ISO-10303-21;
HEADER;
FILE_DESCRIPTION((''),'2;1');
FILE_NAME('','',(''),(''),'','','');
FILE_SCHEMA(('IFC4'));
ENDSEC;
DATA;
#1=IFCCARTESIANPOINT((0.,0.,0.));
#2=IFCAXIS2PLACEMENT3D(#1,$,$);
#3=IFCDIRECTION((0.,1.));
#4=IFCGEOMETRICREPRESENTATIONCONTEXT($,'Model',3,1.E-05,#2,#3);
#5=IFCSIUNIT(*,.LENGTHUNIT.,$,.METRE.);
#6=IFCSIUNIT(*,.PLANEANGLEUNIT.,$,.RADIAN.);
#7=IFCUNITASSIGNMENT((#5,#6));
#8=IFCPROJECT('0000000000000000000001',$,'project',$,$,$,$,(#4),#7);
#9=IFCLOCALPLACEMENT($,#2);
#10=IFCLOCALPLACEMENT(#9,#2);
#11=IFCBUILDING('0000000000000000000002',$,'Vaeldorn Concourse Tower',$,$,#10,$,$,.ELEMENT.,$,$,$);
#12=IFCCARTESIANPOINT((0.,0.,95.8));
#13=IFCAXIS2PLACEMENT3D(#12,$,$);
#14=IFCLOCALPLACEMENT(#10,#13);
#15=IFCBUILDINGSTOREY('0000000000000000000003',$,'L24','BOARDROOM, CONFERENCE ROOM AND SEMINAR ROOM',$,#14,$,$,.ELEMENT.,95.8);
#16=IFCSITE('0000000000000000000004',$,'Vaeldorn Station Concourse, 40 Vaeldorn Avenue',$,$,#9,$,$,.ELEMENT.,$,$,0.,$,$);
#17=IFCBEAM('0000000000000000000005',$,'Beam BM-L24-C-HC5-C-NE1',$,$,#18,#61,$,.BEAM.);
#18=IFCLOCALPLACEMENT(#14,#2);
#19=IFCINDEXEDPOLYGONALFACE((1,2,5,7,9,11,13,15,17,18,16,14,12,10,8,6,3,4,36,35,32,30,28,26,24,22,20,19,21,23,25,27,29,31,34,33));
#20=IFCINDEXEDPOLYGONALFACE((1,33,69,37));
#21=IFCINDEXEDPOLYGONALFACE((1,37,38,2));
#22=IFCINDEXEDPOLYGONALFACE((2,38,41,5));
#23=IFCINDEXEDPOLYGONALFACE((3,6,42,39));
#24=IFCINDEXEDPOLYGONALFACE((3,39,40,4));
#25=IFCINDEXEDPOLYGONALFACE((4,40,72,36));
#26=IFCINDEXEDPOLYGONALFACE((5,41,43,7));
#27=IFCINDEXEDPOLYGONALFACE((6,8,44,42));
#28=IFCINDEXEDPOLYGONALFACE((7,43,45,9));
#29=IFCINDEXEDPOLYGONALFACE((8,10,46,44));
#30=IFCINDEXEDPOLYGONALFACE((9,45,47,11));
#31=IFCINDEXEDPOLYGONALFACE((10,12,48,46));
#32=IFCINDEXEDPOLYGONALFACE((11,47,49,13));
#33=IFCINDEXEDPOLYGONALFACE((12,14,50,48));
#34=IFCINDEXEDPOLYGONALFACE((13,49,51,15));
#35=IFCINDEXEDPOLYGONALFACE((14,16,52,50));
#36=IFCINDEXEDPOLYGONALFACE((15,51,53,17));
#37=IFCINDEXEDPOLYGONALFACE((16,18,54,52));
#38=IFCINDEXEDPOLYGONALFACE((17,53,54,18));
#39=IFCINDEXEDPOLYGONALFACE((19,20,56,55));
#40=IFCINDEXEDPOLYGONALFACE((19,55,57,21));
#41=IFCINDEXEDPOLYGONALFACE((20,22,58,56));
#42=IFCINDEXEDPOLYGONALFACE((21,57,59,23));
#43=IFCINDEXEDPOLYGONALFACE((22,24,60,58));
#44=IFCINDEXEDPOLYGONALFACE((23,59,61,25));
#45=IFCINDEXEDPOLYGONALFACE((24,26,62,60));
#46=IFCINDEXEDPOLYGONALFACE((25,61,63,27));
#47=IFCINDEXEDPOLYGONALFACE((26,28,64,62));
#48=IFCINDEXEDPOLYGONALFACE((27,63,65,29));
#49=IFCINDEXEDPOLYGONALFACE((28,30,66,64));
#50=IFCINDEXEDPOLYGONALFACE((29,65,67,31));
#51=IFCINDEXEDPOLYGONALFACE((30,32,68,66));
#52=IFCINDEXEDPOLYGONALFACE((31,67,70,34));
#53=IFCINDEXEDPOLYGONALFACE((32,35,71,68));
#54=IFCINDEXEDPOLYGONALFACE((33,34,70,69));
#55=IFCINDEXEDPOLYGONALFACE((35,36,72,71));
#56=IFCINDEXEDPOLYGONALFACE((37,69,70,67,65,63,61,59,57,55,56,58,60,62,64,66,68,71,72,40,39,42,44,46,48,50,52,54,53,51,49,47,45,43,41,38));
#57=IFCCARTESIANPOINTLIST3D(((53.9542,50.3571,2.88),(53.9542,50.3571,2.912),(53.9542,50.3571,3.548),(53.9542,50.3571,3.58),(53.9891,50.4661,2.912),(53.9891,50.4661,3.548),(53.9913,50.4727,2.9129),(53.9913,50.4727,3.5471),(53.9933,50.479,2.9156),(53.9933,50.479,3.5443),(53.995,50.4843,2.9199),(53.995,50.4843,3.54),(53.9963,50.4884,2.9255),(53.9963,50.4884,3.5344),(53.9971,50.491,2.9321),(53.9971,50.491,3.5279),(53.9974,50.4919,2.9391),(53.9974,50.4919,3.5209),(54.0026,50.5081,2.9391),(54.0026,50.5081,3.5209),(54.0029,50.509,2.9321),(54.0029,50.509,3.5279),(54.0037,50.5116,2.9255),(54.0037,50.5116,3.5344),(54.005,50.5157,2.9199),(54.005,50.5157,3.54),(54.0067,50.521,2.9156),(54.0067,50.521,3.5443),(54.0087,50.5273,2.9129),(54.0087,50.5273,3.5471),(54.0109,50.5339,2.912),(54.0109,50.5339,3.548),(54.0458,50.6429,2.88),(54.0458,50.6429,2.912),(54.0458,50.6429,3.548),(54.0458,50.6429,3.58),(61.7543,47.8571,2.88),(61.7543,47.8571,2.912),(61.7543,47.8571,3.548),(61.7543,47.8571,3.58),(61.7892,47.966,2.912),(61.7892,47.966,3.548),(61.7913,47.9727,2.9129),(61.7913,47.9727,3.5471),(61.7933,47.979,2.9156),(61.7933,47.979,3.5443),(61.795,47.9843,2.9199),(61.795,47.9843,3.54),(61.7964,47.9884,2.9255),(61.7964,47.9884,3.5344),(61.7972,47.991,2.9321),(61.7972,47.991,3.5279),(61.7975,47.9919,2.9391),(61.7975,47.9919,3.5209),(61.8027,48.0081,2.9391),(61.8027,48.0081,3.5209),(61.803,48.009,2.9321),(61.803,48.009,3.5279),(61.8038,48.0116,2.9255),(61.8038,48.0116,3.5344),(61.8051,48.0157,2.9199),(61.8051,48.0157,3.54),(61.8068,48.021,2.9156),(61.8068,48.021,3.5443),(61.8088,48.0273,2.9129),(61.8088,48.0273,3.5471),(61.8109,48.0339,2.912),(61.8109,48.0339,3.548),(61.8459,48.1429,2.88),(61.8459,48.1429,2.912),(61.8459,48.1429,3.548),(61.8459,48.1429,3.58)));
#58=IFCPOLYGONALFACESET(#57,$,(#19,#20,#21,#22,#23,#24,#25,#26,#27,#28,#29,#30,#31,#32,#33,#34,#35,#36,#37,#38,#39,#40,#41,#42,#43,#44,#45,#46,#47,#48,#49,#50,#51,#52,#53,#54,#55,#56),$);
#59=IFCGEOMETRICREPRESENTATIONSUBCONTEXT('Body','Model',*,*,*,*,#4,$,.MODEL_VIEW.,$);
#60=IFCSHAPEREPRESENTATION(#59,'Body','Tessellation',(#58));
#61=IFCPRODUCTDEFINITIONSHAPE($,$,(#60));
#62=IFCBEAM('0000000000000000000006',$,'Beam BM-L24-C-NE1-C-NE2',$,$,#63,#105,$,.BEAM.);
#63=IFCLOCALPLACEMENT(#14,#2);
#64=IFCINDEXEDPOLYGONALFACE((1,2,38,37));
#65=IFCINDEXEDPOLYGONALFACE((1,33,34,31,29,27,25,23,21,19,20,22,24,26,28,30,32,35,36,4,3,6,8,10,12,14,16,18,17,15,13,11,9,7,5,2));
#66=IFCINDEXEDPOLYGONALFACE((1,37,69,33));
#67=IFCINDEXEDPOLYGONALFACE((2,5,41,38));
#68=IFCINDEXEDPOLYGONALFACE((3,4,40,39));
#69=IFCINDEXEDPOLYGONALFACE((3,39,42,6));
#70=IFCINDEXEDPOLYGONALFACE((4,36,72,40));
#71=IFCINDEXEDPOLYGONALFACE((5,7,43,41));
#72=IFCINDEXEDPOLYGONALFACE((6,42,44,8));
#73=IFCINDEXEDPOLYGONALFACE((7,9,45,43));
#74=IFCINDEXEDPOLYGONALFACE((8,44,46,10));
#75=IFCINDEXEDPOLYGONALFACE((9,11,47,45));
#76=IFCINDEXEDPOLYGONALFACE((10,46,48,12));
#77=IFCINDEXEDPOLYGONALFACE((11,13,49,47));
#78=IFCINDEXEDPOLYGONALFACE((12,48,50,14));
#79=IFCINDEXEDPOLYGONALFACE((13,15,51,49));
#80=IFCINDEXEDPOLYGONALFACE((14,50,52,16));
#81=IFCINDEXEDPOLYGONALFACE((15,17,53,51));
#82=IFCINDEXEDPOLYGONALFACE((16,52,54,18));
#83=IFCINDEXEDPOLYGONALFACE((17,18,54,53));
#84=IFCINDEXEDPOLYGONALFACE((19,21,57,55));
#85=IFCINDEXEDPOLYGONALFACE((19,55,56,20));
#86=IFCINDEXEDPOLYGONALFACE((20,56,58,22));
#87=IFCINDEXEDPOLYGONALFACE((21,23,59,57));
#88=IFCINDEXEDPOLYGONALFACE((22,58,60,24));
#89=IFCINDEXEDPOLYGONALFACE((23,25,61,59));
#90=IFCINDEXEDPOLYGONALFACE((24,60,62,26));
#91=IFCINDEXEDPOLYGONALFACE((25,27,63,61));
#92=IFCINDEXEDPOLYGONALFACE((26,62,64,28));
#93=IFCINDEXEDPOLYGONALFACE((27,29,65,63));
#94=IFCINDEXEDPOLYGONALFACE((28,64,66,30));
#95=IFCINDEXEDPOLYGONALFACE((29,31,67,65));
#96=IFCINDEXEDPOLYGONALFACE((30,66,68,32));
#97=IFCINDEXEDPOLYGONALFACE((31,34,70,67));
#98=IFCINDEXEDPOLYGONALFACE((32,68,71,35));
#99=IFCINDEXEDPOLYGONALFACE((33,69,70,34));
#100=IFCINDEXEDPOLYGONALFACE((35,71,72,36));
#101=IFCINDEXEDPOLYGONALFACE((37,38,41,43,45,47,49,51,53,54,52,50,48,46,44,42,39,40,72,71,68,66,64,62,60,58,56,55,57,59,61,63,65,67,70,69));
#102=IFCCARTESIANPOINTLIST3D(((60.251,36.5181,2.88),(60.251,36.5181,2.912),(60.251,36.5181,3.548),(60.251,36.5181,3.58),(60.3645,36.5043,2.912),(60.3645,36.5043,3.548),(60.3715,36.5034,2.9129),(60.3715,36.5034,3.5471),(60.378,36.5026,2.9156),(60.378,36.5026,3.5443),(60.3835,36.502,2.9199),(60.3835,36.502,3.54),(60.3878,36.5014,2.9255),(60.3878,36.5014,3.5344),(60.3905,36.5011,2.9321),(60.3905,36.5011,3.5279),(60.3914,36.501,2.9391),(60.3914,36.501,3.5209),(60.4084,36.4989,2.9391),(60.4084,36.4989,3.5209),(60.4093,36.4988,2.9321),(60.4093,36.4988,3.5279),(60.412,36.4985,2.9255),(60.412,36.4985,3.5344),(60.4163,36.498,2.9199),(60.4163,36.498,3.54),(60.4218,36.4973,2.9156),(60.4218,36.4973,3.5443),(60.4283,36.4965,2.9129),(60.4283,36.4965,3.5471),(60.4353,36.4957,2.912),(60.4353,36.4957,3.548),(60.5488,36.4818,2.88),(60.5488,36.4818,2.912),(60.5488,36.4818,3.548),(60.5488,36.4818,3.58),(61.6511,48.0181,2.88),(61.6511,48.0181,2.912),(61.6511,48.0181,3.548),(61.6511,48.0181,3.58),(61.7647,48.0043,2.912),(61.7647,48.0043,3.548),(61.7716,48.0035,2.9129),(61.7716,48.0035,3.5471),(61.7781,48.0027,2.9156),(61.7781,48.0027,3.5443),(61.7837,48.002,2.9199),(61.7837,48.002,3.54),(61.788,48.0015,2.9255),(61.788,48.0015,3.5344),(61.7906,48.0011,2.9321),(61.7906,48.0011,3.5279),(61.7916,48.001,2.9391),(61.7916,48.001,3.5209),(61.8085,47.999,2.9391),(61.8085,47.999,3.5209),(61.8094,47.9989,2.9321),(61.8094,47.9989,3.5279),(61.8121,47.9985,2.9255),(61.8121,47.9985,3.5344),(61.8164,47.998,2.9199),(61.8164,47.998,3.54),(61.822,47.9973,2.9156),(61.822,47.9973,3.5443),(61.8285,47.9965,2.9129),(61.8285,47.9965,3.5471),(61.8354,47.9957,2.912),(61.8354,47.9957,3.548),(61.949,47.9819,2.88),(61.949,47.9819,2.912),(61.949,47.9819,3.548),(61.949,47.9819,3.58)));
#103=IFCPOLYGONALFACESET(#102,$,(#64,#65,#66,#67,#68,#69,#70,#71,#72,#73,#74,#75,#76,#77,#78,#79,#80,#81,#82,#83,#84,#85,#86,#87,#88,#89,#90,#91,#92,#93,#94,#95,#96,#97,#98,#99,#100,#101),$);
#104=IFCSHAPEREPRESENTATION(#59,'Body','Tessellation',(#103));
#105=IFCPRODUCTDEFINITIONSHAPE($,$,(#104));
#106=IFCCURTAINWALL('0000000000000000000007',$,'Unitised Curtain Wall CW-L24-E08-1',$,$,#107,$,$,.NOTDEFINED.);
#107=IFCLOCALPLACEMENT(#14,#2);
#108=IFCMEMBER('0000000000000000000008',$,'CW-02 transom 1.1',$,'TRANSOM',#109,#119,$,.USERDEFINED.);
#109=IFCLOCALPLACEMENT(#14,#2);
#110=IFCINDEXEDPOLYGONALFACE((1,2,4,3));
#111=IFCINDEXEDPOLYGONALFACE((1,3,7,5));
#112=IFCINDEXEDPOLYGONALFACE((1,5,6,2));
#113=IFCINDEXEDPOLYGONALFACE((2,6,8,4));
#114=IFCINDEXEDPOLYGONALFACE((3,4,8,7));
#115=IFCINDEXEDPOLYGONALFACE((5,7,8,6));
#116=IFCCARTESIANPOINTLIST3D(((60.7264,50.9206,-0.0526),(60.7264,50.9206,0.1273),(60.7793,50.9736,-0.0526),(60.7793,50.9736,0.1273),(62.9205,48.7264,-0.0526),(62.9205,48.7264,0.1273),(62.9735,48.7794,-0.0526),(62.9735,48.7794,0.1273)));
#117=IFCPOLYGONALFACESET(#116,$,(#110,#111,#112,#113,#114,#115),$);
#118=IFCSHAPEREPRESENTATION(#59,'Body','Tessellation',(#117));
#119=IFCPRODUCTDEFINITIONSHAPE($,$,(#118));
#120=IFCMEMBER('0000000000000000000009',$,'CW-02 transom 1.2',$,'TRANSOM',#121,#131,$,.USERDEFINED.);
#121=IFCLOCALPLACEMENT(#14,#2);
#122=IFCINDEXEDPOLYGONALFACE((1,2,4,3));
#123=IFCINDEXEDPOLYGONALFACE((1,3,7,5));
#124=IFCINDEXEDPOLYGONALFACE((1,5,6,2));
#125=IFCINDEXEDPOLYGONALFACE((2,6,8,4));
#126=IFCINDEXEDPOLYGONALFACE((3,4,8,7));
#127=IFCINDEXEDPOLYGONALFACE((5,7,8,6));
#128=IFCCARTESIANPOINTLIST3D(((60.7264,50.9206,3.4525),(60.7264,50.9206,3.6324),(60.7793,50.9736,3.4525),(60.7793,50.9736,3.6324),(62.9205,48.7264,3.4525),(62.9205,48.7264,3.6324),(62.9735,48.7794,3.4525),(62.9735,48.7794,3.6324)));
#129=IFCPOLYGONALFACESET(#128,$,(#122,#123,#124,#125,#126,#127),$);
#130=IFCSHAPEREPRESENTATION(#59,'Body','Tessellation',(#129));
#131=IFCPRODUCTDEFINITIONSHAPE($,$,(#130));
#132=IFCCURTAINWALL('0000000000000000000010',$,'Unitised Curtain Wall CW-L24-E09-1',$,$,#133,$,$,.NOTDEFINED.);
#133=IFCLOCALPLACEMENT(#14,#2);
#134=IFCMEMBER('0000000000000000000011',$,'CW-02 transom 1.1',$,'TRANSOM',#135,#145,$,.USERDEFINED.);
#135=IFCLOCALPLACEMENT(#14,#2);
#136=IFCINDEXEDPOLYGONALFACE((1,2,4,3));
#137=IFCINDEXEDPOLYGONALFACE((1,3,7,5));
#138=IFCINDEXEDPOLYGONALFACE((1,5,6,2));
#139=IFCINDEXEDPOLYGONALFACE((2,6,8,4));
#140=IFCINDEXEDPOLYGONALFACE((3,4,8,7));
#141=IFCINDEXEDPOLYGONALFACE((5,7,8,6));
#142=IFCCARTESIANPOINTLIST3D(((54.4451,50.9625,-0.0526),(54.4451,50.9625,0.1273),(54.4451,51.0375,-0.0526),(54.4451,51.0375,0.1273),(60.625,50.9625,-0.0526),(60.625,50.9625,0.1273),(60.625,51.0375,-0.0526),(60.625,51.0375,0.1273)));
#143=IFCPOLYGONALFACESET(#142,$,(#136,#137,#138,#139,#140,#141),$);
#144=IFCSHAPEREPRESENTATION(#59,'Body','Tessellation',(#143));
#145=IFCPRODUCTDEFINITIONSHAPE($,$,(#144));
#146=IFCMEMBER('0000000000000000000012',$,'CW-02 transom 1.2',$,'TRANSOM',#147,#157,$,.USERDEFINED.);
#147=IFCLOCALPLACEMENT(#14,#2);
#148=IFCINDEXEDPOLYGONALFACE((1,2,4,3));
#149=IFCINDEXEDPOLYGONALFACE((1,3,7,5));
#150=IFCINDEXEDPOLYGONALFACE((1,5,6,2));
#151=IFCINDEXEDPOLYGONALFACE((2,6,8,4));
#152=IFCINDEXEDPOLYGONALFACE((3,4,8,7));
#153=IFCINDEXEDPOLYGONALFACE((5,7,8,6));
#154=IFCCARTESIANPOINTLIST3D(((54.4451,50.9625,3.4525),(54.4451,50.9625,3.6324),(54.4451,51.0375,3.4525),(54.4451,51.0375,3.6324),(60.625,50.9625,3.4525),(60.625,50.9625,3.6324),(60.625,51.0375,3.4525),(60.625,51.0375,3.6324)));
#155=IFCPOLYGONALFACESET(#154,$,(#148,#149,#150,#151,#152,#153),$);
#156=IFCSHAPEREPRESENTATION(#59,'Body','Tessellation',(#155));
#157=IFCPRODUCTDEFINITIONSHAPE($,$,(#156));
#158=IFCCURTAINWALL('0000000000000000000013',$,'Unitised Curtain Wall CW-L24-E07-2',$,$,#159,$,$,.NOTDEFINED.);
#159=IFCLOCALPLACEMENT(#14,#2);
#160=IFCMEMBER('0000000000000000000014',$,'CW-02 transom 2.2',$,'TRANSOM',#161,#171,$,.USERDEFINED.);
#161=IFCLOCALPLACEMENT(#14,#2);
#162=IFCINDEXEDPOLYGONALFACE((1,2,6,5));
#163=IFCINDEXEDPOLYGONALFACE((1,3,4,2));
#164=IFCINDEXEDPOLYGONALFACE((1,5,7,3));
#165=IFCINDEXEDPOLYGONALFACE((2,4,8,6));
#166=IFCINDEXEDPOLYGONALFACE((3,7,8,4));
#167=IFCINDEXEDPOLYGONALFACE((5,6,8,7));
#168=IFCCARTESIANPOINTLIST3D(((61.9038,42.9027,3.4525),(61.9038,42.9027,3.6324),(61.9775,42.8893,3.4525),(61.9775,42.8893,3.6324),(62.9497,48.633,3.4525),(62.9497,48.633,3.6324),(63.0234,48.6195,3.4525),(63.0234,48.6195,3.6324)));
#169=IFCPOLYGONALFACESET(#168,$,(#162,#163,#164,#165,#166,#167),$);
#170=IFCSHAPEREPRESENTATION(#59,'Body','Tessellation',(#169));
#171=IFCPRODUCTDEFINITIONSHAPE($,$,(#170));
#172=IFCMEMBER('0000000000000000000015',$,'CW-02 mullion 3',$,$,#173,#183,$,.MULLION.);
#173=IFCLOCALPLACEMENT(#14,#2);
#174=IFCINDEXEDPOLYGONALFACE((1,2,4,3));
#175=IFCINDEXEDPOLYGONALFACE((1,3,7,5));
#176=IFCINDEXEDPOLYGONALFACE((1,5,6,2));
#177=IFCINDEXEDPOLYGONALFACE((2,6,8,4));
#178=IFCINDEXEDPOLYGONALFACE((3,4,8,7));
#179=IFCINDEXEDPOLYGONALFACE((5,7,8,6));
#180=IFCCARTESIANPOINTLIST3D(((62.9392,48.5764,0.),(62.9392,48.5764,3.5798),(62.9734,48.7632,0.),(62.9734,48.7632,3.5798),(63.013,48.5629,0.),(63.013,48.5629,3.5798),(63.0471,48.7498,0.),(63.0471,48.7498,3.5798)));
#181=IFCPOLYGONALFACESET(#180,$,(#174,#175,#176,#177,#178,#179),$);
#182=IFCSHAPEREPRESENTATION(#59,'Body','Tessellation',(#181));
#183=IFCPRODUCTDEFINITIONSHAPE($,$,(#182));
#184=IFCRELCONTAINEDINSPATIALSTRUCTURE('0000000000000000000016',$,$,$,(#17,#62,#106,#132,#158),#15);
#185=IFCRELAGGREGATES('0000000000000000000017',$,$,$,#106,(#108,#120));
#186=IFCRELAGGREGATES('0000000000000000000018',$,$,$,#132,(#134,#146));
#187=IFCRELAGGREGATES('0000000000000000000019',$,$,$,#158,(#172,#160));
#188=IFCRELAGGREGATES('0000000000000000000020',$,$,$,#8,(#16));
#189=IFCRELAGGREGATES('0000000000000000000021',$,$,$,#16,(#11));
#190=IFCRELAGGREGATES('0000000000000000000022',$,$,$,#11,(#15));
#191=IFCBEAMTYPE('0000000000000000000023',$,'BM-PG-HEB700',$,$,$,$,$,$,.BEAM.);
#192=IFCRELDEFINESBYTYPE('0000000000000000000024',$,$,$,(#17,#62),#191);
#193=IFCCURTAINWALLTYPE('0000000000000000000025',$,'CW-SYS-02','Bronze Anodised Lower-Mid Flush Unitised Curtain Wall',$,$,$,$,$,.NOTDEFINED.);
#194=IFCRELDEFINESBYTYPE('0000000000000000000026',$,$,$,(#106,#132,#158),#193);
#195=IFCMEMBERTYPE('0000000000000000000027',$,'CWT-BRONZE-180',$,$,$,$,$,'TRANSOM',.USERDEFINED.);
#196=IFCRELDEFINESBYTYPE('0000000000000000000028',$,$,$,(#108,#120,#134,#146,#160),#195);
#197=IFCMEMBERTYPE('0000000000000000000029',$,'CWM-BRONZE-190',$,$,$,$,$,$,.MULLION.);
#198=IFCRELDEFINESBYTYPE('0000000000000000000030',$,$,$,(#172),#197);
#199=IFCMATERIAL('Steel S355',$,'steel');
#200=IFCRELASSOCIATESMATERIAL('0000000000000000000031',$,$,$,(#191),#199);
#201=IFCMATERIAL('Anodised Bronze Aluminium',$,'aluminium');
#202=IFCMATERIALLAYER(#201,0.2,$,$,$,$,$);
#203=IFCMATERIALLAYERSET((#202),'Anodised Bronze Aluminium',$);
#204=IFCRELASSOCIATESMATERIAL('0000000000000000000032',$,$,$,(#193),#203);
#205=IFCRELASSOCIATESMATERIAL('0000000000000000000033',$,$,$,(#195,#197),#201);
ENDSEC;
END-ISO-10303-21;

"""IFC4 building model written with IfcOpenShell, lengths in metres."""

from ifc_helpers import new_model, si_unit, direction, frame, origin, origin_2d, place, context, subcontext, project, spatial, rectangle, i_section, extrude, source, transform, mapped, material, layer, layer_set, material_profile, profile_set, type_object, element, aggregate, save


model = new_model("IFC4")

# Units and contexts
model_context = context("Model", 3, precision=1e-05, world=origin(), true_north=direction((0.0, 1.0)))
body_context = subcontext(model_context, "Body", "Model", "MODEL_VIEW")
ifc_project = project(units=[si_unit("LENGTHUNIT", "METRE"), si_unit("PLANEANGLEUNIT", "RADIAN")], contexts=[model_context])

# Site, building, storey
site_placement = place(None, origin())
site = spatial("IfcSite", under=ifc_project, at=site_placement, Name="Vaeldorn Station Concourse, 40 Vaeldorn Avenue", CompositionType="ELEMENT", RefElevation=0.0)
building_placement = place(site_placement, origin())
building = spatial("IfcBuilding", under=site, at=building_placement, Name="Vaeldorn Concourse Tower", CompositionType="ELEMENT")
storey_placement = place(building_placement, frame((0.0, 0.0, 95.8)))
storey = spatial("IfcBuildingStorey", under=building, at=storey_placement, Name="L24", Description="BOARDROOM, CONFERENCE ROOM AND SEMINAR ROOM", CompositionType="ELEMENT", Elevation=95.8)

# Beams
ifc_material_1 = material(Name="Steel S355", Category="steel")
ifc_material_profile_1 = material_profile(ifc_material_1, i_section(OverallWidth=0.3, OverallDepth=0.7, WebThickness=0.0171, FlangeThickness=0.032, FilletRadius=0.0271, at=origin_2d()), Name="HEB 700")
ifc_profile_set_1 = profile_set([ifc_material_profile_1], Name="Steel S355")
beam_type_1 = type_object("IfcBeamType", Name="BM-PG-HEB700", PredefinedType="BEAM", material=ifc_profile_set_1)
shared_shape_1 = source(origin(), body_context, "Body", "SweptSolid", [
    extrude(i_section(OverallWidth=0.3, OverallDepth=0.7, WebThickness=0.0171, FlangeThickness=0.032, FilletRadius=0.0271, at=origin_2d()), origin(), (0.0, 0.0, 1.0), 8.1909),
])
beam_1_placement = place(storey_placement, frame((54.0, 50.5, 3.23), z_axis=(0.952283, -0.305217, 0.0), x_axis=(0.305217, 0.952283, 0.0)))
element("IfcBeam", 1, at=beam_1_placement, inside=storey, type_object=beam_type_1, Name="Beam BM-L24-C-HC5-C-NE1", PredefinedType="BEAM", context=body_context, shape_type="MappedRepresentation", body=[
    mapped(shared_shape_1, transform((0.0, 0.0, 0.0), scale=1.0)),
])
shared_shape_2 = source(origin(), body_context, "Body", "SweptSolid", [
    extrude(i_section(OverallWidth=0.3, OverallDepth=0.7, WebThickness=0.0171, FlangeThickness=0.032, FilletRadius=0.0271, at=origin_2d()), origin(), (0.0, 0.0, 1.0), 11.585),
])
beam_2_placement = place(storey_placement, frame((61.8, 48.0, 3.23), z_axis=(-0.120859, -0.99267, 0.0), x_axis=(0.99267, -0.120859, 0.0)))
element("IfcBeam", 2, at=beam_2_placement, inside=storey, type_object=beam_type_1, Name="Beam BM-L24-C-NE1-C-NE2", PredefinedType="BEAM", context=body_context, shape_type="MappedRepresentation", body=[
    mapped(shared_shape_2, transform((0.0, 0.0, 0.0), scale=1.0)),
])

# Curtain walls, members
ifc_material_2 = material(Name="Anodised Bronze Aluminium", Category="aluminium")
ifc_layer_1 = layer(ifc_material_2, 0.2)
ifc_layer_set_1 = layer_set([ifc_layer_1], Name="Anodised Bronze Aluminium")
curtain_wall_type = type_object("IfcCurtainWallType", Name="CW-SYS-02", Description="Bronze Anodised Lower-Mid Flush Unitised Curtain Wall", PredefinedType="NOTDEFINED", material=ifc_layer_set_1)
curtain_wall_1_placement = place(storey_placement, origin())
curtain_wall_1 = element("IfcCurtainWall", 3, at=curtain_wall_1_placement, inside=storey, type_object=curtain_wall_type, Name="Unitised Curtain Wall CW-L24-E08-1", PredefinedType="NOTDEFINED")
ifc_material_profile_2 = material_profile(ifc_material_2, rectangle(XDim=0.075, YDim=0.1799, at=origin_2d()), Name="CWT 75x180")
ifc_profile_set_2 = profile_set([ifc_material_profile_2], Name="Anodised Bronze Aluminium")
member_type_1 = type_object("IfcMemberType", Name="CWT-BRONZE-180", ElementType="TRANSOM", PredefinedType="USERDEFINED", material=ifc_profile_set_2)
shared_shape_3 = source(origin(), body_context, "Body", "SweptSolid", [
    extrude(rectangle(XDim=0.075, YDim=0.1799, at=origin_2d()), origin(), (0.0, 0.0, 1.0), 3.103),
])
member_1_placement = place(storey_placement, frame((62.947, 48.7529, 0.0374), z_axis=(-0.707107, 0.707107, 0.0), x_axis=(-0.707107, -0.707107, 0.0)))
member_1 = element("IfcMember", 4, at=member_1_placement, type_object=member_type_1, Name="CW-02 transom 1.1", ObjectType="TRANSOM", PredefinedType="USERDEFINED", context=body_context, shape_type="MappedRepresentation", body=[
    mapped(shared_shape_3, transform((0.0, 0.0, 0.0), scale=1.0)),
])
member_2_placement = place(storey_placement, frame((62.947, 48.7529, 3.5425), z_axis=(-0.707107, 0.707107, 0.0), x_axis=(-0.707107, -0.707107, 0.0)))
member_2 = element("IfcMember", 5, at=member_2_placement, type_object=member_type_1, Name="CW-02 transom 1.2", ObjectType="TRANSOM", PredefinedType="USERDEFINED", context=body_context, shape_type="MappedRepresentation", body=[
    mapped(shared_shape_3, transform((0.0, 0.0, 0.0), scale=1.0)),
])
curtain_wall_2_placement = place(storey_placement, origin())
curtain_wall_2 = element("IfcCurtainWall", 6, at=curtain_wall_2_placement, inside=storey, type_object=curtain_wall_type, Name="Unitised Curtain Wall CW-L24-E09-1", PredefinedType="NOTDEFINED")
shared_shape_4 = source(origin(), body_context, "Body", "SweptSolid", [
    extrude(rectangle(XDim=0.075, YDim=0.1799, at=origin_2d()), origin(), (0.0, 0.0, 1.0), 6.1799),
])
member_3_placement = place(storey_placement, frame((60.625, 51.0, 0.0374), z_axis=(-1.0, 0.0, 0.0), x_axis=(0.0, -1.0, 0.0)))
member_3 = element("IfcMember", 7, at=member_3_placement, type_object=member_type_1, Name="CW-02 transom 1.1", ObjectType="TRANSOM", PredefinedType="USERDEFINED", context=body_context, shape_type="MappedRepresentation", body=[
    mapped(shared_shape_4, transform((0.0, 0.0, 0.0), scale=1.0)),
])
member_4_placement = place(storey_placement, frame((60.625, 51.0, 3.5425), z_axis=(-1.0, 0.0, 0.0), x_axis=(0.0, -1.0, 0.0)))
member_4 = element("IfcMember", 8, at=member_4_placement, type_object=member_type_1, Name="CW-02 transom 1.2", ObjectType="TRANSOM", PredefinedType="USERDEFINED", context=body_context, shape_type="MappedRepresentation", body=[
    mapped(shared_shape_4, transform((0.0, 0.0, 0.0), scale=1.0)),
])
curtain_wall_3_placement = place(storey_placement, origin())
curtain_wall_3 = element("IfcCurtainWall", 9, at=curtain_wall_3_placement, inside=storey, type_object=curtain_wall_type, Name="Unitised Curtain Wall CW-L24-E07-2", PredefinedType="NOTDEFINED")
shared_shape_5 = source(origin(), body_context, "Body", "SweptSolid", [
    extrude(rectangle(XDim=0.075, YDim=0.1799, at=origin_2d()), origin(), (0.0, 0.0, 1.0), 5.825),
])
member_5_placement = place(storey_placement, frame((61.9407, 42.896, 3.5425), z_axis=(0.179557, 0.983748, 0.0), x_axis=(-0.983748, 0.179557, 0.0)))
member_5 = element("IfcMember", 10, at=member_5_placement, type_object=member_type_1, Name="CW-02 transom 2.2", ObjectType="TRANSOM", PredefinedType="USERDEFINED", context=body_context, shape_type="MappedRepresentation", body=[
    mapped(shared_shape_5, transform((0.0, 0.0, 0.0), scale=1.0)),
])
ifc_material_profile_3 = material_profile(ifc_material_2, rectangle(XDim=0.075, YDim=0.1899, at=origin_2d()), Name="CWM 75x190")
ifc_profile_set_3 = profile_set([ifc_material_profile_3], Name="Anodised Bronze Aluminium")
member_type_2 = type_object("IfcMemberType", Name="CWM-BRONZE-190", PredefinedType="MULLION", material=ifc_profile_set_3)
shared_shape_6 = source(origin(), body_context, "Body", "SweptSolid", [
    extrude(rectangle(XDim=0.075, YDim=0.1899, at=origin_2d()), origin(), (0.0, 0.0, 1.0), 3.5798),
])
member_6_placement = place(storey_placement, frame((62.9932, 48.6631, 0.0), z_axis=(0.0, 0.0, 1.0), x_axis=(-0.983747, 0.179562, 0.0)))
member_6 = element("IfcMember", 11, at=member_6_placement, type_object=member_type_2, Name="CW-02 mullion 3", PredefinedType="MULLION", context=body_context, shape_type="MappedRepresentation", body=[
    mapped(shared_shape_6, transform((0.0, 0.0, 0.0), scale=1.0)),
])

aggregate(curtain_wall_1, [member_1, member_2])
aggregate(curtain_wall_2, [member_3, member_4])
aggregate(curtain_wall_3, [member_6, member_5])

save(model, "model.ifc")
